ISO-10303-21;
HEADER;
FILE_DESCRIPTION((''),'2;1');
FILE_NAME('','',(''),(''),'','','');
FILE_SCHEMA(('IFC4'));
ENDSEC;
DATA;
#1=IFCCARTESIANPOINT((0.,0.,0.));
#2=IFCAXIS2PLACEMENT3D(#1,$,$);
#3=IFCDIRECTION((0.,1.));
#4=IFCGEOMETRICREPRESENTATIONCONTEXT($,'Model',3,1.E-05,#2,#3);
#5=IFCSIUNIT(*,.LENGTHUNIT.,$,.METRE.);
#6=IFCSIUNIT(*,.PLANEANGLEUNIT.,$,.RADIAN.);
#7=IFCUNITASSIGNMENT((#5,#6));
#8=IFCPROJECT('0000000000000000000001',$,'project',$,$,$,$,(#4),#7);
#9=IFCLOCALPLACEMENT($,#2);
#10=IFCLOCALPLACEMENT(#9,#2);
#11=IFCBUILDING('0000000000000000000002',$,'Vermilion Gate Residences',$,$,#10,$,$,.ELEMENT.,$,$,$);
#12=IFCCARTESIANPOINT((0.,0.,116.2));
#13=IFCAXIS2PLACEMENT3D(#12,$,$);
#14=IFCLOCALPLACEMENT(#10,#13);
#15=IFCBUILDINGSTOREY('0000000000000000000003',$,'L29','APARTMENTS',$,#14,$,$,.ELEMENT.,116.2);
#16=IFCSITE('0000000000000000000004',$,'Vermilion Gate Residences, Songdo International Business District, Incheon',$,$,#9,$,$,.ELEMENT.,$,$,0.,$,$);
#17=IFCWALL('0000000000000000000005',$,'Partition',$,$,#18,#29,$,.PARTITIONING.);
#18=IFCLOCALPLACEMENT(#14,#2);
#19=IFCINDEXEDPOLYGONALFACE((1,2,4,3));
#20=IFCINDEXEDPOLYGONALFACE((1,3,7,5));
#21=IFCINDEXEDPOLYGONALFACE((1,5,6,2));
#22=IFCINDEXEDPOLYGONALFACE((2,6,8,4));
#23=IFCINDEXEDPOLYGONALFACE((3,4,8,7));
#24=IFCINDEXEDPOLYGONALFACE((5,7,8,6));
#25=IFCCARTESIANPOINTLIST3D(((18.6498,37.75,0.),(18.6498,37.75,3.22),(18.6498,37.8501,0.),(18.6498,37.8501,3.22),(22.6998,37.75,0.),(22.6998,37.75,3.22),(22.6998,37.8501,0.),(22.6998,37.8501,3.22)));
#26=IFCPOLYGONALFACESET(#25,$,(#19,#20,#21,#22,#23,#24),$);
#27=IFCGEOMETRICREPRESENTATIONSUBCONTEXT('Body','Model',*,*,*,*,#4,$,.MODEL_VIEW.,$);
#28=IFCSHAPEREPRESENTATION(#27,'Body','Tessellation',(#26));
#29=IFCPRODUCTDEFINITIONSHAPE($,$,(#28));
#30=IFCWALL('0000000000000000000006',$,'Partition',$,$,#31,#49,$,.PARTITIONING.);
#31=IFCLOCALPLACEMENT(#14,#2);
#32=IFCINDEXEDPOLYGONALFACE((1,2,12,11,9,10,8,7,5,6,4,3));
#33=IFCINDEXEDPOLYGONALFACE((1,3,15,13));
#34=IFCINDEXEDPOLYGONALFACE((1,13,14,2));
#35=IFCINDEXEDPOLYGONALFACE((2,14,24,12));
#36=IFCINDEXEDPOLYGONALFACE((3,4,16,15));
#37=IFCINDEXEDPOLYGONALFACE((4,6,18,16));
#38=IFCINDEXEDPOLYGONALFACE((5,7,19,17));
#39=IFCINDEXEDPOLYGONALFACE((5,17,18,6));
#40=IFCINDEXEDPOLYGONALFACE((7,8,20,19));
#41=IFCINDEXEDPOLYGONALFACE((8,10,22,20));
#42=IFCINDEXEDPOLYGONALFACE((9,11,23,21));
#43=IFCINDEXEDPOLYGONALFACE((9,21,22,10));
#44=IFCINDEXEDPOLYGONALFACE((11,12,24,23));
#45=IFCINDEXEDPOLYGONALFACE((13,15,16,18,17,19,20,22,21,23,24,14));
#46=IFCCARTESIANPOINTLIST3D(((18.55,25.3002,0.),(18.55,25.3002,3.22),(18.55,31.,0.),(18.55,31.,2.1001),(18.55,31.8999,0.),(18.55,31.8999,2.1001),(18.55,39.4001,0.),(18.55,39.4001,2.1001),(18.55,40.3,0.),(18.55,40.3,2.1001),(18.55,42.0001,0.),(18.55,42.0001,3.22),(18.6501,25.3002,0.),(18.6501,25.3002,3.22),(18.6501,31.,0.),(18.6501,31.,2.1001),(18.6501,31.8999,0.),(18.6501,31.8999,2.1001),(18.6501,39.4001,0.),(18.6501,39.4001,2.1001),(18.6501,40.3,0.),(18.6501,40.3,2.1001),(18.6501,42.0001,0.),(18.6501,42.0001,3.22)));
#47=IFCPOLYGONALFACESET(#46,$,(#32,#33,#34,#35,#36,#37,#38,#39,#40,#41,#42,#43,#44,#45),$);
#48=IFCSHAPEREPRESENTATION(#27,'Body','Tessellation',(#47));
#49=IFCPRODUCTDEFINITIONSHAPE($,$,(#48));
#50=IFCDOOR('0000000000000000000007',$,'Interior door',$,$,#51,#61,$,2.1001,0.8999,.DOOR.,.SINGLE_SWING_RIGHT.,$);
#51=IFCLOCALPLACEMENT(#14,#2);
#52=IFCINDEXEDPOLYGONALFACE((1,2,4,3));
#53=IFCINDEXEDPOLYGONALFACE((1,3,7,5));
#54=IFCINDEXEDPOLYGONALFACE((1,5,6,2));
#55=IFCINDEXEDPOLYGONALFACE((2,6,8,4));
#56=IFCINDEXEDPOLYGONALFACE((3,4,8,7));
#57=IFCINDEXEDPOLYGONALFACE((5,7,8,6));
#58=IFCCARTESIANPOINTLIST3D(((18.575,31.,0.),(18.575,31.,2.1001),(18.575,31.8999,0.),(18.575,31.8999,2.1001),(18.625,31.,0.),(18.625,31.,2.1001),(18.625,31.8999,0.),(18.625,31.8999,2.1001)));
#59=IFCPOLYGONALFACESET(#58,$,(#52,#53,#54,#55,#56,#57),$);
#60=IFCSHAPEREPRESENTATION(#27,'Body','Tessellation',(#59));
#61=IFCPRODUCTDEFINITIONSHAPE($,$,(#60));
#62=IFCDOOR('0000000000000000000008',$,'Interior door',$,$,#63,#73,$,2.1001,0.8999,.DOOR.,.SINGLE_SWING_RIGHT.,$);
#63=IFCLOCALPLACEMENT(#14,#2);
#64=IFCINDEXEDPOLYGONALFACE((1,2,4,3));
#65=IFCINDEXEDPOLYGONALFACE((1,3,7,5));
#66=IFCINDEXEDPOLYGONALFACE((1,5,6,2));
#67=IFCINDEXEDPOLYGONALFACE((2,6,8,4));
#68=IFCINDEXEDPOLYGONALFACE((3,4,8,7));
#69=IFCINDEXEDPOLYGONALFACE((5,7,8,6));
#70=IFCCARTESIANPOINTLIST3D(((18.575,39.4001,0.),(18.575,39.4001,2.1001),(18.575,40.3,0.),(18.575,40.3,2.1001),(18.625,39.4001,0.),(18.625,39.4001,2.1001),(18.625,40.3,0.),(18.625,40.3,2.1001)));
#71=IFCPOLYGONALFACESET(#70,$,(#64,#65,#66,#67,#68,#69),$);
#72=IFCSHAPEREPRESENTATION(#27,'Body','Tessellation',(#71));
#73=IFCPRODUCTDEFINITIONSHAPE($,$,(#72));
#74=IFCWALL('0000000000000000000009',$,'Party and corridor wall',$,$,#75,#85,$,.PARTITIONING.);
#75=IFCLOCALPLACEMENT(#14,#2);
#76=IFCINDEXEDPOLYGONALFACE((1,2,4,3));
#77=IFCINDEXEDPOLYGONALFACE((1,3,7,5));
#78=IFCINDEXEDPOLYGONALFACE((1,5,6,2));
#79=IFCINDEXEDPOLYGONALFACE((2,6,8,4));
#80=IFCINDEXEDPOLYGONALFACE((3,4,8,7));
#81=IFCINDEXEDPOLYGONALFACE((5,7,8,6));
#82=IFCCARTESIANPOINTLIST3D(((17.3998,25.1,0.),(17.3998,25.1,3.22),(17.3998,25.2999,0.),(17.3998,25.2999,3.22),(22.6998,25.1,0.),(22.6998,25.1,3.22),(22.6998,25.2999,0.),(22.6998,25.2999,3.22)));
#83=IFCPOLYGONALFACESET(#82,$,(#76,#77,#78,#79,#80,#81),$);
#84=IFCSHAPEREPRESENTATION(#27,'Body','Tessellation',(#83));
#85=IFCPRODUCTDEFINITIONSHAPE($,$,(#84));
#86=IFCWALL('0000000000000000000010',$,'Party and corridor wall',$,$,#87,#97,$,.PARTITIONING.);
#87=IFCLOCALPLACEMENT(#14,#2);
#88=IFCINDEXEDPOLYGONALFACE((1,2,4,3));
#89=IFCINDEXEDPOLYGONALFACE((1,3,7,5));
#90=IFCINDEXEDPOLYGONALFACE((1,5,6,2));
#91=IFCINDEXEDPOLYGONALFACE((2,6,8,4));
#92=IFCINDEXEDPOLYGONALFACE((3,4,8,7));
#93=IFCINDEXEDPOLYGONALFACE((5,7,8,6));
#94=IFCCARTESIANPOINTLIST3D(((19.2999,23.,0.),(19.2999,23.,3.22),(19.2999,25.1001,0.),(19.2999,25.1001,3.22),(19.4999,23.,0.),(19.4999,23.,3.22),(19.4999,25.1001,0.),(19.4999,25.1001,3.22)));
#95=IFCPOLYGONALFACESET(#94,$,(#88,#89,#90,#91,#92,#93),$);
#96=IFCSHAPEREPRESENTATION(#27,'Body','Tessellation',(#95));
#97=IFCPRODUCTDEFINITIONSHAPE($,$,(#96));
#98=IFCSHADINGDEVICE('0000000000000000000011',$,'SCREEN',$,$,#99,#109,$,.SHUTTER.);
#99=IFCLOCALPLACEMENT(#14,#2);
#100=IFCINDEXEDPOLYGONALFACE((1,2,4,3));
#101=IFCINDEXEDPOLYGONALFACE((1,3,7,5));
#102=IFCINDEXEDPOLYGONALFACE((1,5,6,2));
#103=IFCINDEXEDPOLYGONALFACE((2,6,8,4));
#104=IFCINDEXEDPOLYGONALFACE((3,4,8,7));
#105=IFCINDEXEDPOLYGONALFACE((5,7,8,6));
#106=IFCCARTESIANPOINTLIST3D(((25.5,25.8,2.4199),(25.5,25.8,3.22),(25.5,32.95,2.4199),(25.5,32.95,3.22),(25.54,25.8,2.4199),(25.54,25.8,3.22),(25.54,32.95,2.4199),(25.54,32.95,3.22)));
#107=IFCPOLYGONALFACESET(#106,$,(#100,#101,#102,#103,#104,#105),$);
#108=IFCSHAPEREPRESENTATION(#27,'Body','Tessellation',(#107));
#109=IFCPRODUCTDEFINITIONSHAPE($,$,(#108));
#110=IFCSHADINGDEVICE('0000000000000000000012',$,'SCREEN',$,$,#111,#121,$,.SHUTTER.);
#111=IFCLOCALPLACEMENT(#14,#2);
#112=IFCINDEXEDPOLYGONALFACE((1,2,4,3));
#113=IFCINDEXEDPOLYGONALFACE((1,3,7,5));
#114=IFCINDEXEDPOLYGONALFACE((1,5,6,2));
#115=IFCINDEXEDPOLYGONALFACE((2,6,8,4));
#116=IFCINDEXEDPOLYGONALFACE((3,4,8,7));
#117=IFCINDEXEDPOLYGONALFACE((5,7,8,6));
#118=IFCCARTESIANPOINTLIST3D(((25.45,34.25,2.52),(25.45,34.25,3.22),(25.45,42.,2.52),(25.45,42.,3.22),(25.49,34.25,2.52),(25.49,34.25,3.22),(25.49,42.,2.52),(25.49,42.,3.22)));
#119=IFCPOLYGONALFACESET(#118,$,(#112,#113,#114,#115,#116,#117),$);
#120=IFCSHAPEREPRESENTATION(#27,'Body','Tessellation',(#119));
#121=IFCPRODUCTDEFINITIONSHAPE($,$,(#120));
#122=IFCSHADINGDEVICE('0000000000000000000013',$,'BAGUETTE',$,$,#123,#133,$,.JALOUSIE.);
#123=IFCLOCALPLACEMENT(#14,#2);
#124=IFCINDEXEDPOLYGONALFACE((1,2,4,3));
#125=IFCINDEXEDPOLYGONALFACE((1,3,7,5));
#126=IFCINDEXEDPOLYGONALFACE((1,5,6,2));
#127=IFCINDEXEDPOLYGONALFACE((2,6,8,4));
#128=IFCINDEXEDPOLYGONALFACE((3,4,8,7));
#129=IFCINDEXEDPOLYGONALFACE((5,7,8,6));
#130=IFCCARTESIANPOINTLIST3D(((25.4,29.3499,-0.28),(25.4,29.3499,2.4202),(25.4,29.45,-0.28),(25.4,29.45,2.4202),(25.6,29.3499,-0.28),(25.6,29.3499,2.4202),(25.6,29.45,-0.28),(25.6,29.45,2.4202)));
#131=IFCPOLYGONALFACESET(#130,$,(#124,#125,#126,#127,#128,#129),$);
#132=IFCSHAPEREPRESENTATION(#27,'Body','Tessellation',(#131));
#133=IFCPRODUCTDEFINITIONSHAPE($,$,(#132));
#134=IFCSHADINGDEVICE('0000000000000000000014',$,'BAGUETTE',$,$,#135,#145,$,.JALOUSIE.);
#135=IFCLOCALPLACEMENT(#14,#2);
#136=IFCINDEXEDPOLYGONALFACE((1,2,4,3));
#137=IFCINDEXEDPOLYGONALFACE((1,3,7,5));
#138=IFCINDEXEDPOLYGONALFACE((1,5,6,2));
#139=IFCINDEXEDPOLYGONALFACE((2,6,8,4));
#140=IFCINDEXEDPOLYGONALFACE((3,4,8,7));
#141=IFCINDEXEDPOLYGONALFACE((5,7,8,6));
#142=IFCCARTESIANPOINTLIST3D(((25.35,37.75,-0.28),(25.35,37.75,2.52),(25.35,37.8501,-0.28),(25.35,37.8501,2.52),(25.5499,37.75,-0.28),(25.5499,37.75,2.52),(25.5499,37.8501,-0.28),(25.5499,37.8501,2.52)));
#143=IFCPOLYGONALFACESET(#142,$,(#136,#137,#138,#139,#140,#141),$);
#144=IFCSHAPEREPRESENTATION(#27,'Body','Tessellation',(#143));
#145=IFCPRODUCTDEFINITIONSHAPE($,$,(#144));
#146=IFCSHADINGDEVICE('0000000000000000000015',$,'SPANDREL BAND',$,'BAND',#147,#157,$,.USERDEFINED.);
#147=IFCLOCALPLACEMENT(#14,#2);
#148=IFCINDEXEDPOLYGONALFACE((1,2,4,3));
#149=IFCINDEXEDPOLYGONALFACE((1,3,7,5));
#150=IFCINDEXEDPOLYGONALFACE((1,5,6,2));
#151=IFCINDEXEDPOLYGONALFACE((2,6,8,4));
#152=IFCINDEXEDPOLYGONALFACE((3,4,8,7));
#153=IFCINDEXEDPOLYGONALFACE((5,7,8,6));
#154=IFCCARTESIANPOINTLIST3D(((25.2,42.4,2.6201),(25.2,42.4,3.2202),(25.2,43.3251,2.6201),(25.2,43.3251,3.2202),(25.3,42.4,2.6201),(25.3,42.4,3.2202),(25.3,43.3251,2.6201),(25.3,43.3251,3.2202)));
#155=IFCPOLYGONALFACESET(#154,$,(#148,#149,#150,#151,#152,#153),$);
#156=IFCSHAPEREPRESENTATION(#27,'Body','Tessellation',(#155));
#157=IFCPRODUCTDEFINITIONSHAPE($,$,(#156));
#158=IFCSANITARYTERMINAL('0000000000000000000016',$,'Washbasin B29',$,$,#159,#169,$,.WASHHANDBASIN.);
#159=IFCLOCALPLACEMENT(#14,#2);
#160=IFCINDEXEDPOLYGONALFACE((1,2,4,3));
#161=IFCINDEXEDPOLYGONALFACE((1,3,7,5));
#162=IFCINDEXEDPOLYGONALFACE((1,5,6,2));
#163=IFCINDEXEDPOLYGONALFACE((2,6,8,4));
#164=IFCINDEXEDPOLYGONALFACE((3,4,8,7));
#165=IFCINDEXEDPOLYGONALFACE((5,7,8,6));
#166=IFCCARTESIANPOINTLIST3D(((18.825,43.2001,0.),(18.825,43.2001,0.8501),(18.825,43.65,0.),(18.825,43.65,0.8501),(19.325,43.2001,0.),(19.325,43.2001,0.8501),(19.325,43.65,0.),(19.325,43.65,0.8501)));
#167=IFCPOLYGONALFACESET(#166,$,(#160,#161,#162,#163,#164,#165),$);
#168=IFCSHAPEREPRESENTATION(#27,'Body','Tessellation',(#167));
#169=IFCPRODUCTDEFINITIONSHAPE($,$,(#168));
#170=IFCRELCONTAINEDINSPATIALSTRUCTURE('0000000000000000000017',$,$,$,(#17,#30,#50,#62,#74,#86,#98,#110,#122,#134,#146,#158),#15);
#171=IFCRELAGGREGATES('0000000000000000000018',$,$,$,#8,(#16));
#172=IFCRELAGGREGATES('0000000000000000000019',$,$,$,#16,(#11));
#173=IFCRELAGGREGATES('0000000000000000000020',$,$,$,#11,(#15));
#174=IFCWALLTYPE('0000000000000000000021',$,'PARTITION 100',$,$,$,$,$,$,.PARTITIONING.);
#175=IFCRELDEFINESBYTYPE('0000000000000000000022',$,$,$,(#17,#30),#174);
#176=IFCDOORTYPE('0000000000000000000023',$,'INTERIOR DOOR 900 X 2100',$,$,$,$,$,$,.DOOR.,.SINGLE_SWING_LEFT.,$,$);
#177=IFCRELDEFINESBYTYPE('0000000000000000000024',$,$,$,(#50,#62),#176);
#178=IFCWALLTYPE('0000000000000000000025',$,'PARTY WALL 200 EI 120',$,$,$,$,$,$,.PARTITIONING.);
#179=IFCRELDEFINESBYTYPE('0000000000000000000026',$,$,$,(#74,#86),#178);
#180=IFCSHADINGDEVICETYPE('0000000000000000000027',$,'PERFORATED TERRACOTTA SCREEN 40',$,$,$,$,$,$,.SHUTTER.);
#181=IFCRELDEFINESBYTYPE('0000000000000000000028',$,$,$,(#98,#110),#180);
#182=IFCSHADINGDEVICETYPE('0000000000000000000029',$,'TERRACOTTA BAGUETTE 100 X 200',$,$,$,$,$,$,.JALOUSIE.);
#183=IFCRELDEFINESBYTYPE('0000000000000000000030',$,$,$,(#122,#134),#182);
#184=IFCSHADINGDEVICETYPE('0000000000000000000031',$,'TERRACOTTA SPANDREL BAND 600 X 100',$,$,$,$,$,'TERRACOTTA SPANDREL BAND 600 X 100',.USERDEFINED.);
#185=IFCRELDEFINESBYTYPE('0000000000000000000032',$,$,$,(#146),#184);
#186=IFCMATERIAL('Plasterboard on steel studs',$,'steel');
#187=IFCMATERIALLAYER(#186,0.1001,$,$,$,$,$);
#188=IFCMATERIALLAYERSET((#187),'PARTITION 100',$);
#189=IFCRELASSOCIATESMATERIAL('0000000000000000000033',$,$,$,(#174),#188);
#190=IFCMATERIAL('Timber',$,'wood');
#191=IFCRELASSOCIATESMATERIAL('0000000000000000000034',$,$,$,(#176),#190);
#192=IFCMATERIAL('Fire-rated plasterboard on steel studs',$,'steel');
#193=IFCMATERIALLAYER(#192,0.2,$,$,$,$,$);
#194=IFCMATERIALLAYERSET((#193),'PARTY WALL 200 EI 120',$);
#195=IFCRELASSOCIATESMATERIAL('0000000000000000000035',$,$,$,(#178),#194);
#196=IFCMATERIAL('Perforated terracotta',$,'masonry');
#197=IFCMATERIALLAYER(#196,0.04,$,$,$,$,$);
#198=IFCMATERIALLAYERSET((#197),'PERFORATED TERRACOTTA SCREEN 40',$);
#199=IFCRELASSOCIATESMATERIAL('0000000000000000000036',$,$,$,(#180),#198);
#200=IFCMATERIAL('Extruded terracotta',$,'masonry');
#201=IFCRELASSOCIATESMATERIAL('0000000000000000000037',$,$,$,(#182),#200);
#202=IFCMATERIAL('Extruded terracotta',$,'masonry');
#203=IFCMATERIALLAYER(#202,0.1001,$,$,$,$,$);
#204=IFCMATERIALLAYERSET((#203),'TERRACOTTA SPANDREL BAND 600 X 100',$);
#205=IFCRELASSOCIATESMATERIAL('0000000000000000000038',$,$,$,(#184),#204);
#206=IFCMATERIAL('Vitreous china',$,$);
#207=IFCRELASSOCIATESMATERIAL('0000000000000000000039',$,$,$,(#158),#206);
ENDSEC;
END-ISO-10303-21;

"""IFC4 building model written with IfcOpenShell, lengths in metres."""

from ifc_helpers import new_model, si_unit, direction, frame, frame_2d, origin, origin_2d, place, context, subcontext, project, spatial, rectangle, extrude, material, layer, layer_set, material_profile, profile_set, type_object, element, fill, save


model = new_model("IFC4")

# Units and contexts
model_context = context("Model", 3, precision=1e-05, world=origin(), true_north=direction((0.0, 1.0)))
body_context = subcontext(model_context, "Body", "Model", "MODEL_VIEW")
ifc_project = project(units=[si_unit("LENGTHUNIT", "METRE"), si_unit("PLANEANGLEUNIT", "RADIAN")], contexts=[model_context])

# Site, building, storey
site_placement = place(None, origin())
site = spatial("IfcSite", under=ifc_project, at=site_placement, Name="Vermilion Gate Residences, Songdo International Business District, Incheon", CompositionType="ELEMENT", RefElevation=0.0)
building_placement = place(site_placement, origin())
building = spatial("IfcBuilding", under=site, at=building_placement, Name="Vermilion Gate Residences", CompositionType="ELEMENT")
storey_placement = place(building_placement, frame((0.0, 0.0, 116.2)))
storey = spatial("IfcBuildingStorey", under=building, at=storey_placement, Name="L29", Description="APARTMENTS", CompositionType="ELEMENT", Elevation=116.2)

# Wall
ifc_material_1 = material(Name="Plasterboard on steel studs", Category="steel")
ifc_layer_1 = layer(ifc_material_1, 0.1001)
ifc_layer_set_1 = layer_set([ifc_layer_1], Name="PARTITION 100")
wall_type_1 = type_object("IfcWallType", Name="PARTITION 100", PredefinedType="PARTITIONING", material=ifc_layer_set_1)
wall_1_placement = place(storey_placement, frame((18.6499, 37.8, 0.0), z_axis=(0.0, 0.0, 1.0), x_axis=(1.0, 0.0, 0.0)))
element("IfcWall", 1, at=wall_1_placement, inside=storey, type_object=wall_type_1, Name="Partition", PredefinedType="PARTITIONING", context=body_context, shape_type="SweptSolid", body=[
    extrude(rectangle(XDim=4.05, YDim=0.1001, at=frame_2d((2.0249, 0.0))), origin(), (0.0, 0.0, 1.0), 3.22),
])

# Wall, openings, doors
wall_2_placement = place(storey_placement, frame((18.6001, 25.3, 0.0), z_axis=(0.0, 0.0, 1.0), x_axis=(0.0, 1.0, 0.0)))
wall_2 = element("IfcWall", 2, at=wall_2_placement, inside=storey, type_object=wall_type_1, Name="Partition", PredefinedType="PARTITIONING", context=body_context, shape_type="SweptSolid", body=[
    extrude(rectangle(XDim=16.7, YDim=0.1001, at=frame_2d((8.3501, 0.0))), origin(), (0.0, 0.0, 1.0), 3.22),
])
opening_1_placement = place(wall_2_placement, frame((5.7, 0.0, 0.0)))
opening_1 = element("IfcOpeningElement", 3, at=opening_1_placement, cuts=wall_2, PredefinedType="OPENING", context=body_context, shape_type="SweptSolid", body=[
    extrude(rectangle(XDim=0.8999, YDim=2.1001, at=frame_2d((0.45, 1.05))), frame((0.0, 0.0601, 0.0), z_axis=(0.0, -1.0, 0.0), x_axis=(1.0, 0.0, 0.0)), (0.0, 0.0, 1.0), 0.1201),
])
opening_2_placement = place(wall_2_placement, frame((14.1001, 0.0, 0.0)))
opening_2 = element("IfcOpeningElement", 4, at=opening_2_placement, cuts=wall_2, PredefinedType="OPENING", context=body_context, shape_type="SweptSolid", body=[
    extrude(rectangle(XDim=0.8999, YDim=2.1001, at=frame_2d((0.45, 1.05))), frame((0.0, 0.0601, 0.0), z_axis=(0.0, -1.0, 0.0), x_axis=(1.0, 0.0, 0.0)), (0.0, 0.0, 1.0), 0.1201),
])
ifc_material_2 = material(Name="Timber", Category="wood")
door_type_1 = type_object("IfcDoorType", Name="INTERIOR DOOR 900 X 2100", OperationType="SINGLE_SWING_LEFT", PredefinedType="DOOR", material=ifc_material_2)
door_1_placement = place(opening_1_placement, frame((0.8999, 0.0, 0.0), z_axis=(0.0, 0.0, 1.0), x_axis=(-1.0, 0.0, 0.0)))
door_1 = element("IfcDoor", 5, at=door_1_placement, inside=storey, type_object=door_type_1, Name="Interior door", OperationType="SINGLE_SWING_RIGHT", OverallHeight=2.1001, OverallWidth=0.8999, PredefinedType="DOOR", context=body_context, shape_type="SweptSolid", body=[
    extrude(rectangle(XDim=0.8999, YDim=2.1001, at=frame_2d((0.45, 1.05))), frame((0.0, 0.0249, 0.0), z_axis=(0.0, -1.0, 0.0), x_axis=(1.0, 0.0, 0.0)), (0.0, 0.0, 1.0), 0.05),
])
fill(opening_1, door_1)
door_2_placement = place(opening_2_placement, frame((0.8999, 0.0, 0.0), z_axis=(0.0, 0.0, 1.0), x_axis=(-1.0, 0.0, 0.0)))
door_2 = element("IfcDoor", 6, at=door_2_placement, inside=storey, type_object=door_type_1, Name="Interior door", OperationType="SINGLE_SWING_RIGHT", OverallHeight=2.1001, OverallWidth=0.8999, PredefinedType="DOOR", context=body_context, shape_type="SweptSolid", body=[
    extrude(rectangle(XDim=0.8999, YDim=2.1001, at=frame_2d((0.45, 1.05))), frame((0.0, 0.0249, 0.0), z_axis=(0.0, -1.0, 0.0), x_axis=(1.0, 0.0, 0.0)), (0.0, 0.0, 1.0), 0.05),
])
fill(opening_2, door_2)

# Walls
ifc_material_3 = material(Name="Fire-rated plasterboard on steel studs", Category="steel")
ifc_layer_2 = layer(ifc_material_3, 0.2)
ifc_layer_set_2 = layer_set([ifc_layer_2], Name="PARTY WALL 200 EI 120")
wall_type_2 = type_object("IfcWallType", Name="PARTY WALL 200 EI 120", PredefinedType="PARTITIONING", material=ifc_layer_set_2)
wall_3_placement = place(storey_placement, frame((17.3999, 25.2, 0.0), z_axis=(0.0, 0.0, 1.0), x_axis=(1.0, 0.0, 0.0)))
element("IfcWall", 7, at=wall_3_placement, inside=storey, type_object=wall_type_2, Name="Party and corridor wall", PredefinedType="PARTITIONING", context=body_context, shape_type="SweptSolid", body=[
    extrude(rectangle(XDim=5.3, YDim=0.2, at=frame_2d((2.6499, 0.0))), origin(), (0.0, 0.0, 1.0), 3.22),
])
wall_4_placement = place(storey_placement, frame((19.3999, 23.0, 0.0), z_axis=(0.0, 0.0, 1.0), x_axis=(0.0, 1.0, 0.0)))
element("IfcWall", 8, at=wall_4_placement, inside=storey, type_object=wall_type_2, Name="Party and corridor wall", PredefinedType="PARTITIONING", context=body_context, shape_type="SweptSolid", body=[
    extrude(rectangle(XDim=2.1001, YDim=0.2, at=frame_2d((1.05, 0.0))), origin(), (0.0, 0.0, 1.0), 3.22),
])

# Shading devices
ifc_material_4 = material(Name="Perforated terracotta", Category="masonry")
ifc_layer_3 = layer(ifc_material_4, 0.04)
ifc_layer_set_3 = layer_set([ifc_layer_3], Name="PERFORATED TERRACOTTA SCREEN 40")
shading_device_type_1 = type_object("IfcShadingDeviceType", Name="PERFORATED TERRACOTTA SCREEN 40", PredefinedType="SHUTTER", material=ifc_layer_set_3)
shading_device_1_placement = place(storey_placement, frame((25.52, 29.375, 2.4199), z_axis=(0.0, 0.0, 1.0), x_axis=(0.0, 1.0, 0.0)))
element("IfcShadingDevice", 9, at=shading_device_1_placement, inside=storey, type_object=shading_device_type_1, Name="SCREEN", PredefinedType="SHUTTER", context=body_context, shape_type="SweptSolid", body=[
    extrude(rectangle(XDim=7.1499, YDim=0.04, at=origin_2d()), origin(), (0.0, 0.0, 1.0), 0.8),
])
shading_device_2_placement = place(storey_placement, frame((25.47, 38.125, 2.52), z_axis=(0.0, 0.0, 1.0), x_axis=(0.0, 1.0, 0.0)))
element("IfcShadingDevice", 10, at=shading_device_2_placement, inside=storey, type_object=shading_device_type_1, Name="SCREEN", PredefinedType="SHUTTER", context=body_context, shape_type="SweptSolid", body=[
    extrude(rectangle(XDim=7.75, YDim=0.04, at=origin_2d()), origin(), (0.0, 0.0, 1.0), 0.7),
])
ifc_material_5 = material(Name="Extruded terracotta", Category="masonry")
ifc_material_profile_1 = material_profile(ifc_material_5, rectangle(XDim=0.2, YDim=0.1001, at=origin_2d()), Name="BAGUETTE 100 X 200")
ifc_profile_set_1 = profile_set([ifc_material_profile_1], Name="Extruded terracotta")
shading_device_type_2 = type_object("IfcShadingDeviceType", Name="TERRACOTTA BAGUETTE 100 X 200", PredefinedType="JALOUSIE", material=ifc_profile_set_1)
shading_device_3_placement = place(storey_placement, frame((25.5, 29.3999, -0.28), z_axis=(0.0, 0.0, 1.0), x_axis=(-1.0, 0.0, 0.0)))
element("IfcShadingDevice", 11, at=shading_device_3_placement, inside=storey, type_object=shading_device_type_2, Name="BAGUETTE", PredefinedType="JALOUSIE", context=body_context, shape_type="SweptSolid", body=[
    extrude(rectangle(XDim=0.2, YDim=0.1001, at=origin_2d()), origin(), (0.0, 0.0, 1.0), 2.7002),
])
shading_device_4_placement = place(storey_placement, frame((25.45, 37.8, -0.28), z_axis=(0.0, 0.0, 1.0), x_axis=(-1.0, 0.0, 0.0)))
element("IfcShadingDevice", 12, at=shading_device_4_placement, inside=storey, type_object=shading_device_type_2, Name="BAGUETTE", PredefinedType="JALOUSIE", context=body_context, shape_type="SweptSolid", body=[
    extrude(rectangle(XDim=0.2, YDim=0.1001, at=origin_2d()), origin(), (0.0, 0.0, 1.0), 2.8),
])
ifc_material_6 = material(Name="Extruded terracotta", Category="masonry")
ifc_layer_4 = layer(ifc_material_6, 0.1001)
ifc_layer_set_4 = layer_set([ifc_layer_4], Name="TERRACOTTA SPANDREL BAND 600 X 100")
shading_device_type_3 = type_object("IfcShadingDeviceType", Name="TERRACOTTA SPANDREL BAND 600 X 100", ElementType="TERRACOTTA SPANDREL BAND 600 X 100", PredefinedType="USERDEFINED", material=ifc_layer_set_4)
shading_device_5_placement = place(storey_placement, frame((25.25, 42.8625, 2.6201), z_axis=(0.0, 0.0, 1.0), x_axis=(0.0, 1.0, 0.0)))
element("IfcShadingDevice", 13, at=shading_device_5_placement, inside=storey, type_object=shading_device_type_3, Name="SPANDREL BAND", ObjectType="BAND", PredefinedType="USERDEFINED", context=body_context, shape_type="SweptSolid", body=[
    extrude(rectangle(XDim=0.925, YDim=0.1001, at=origin_2d()), origin(), (0.0, 0.0, 1.0), 0.6001),
])

# Sanitary terminal
ifc_material_7 = material(Name="Vitreous china")
sanitary_terminal_1_placement = place(storey_placement, frame((19.075, 43.425, 0.0), z_axis=(0.0, 0.0, 1.0), x_axis=(1.0, 0.0, 0.0)))
element("IfcSanitaryTerminal", 14, at=sanitary_terminal_1_placement, inside=storey, material=ifc_material_7, Name="Washbasin B29", PredefinedType="WASHHANDBASIN", context=body_context, shape_type="SweptSolid", body=[
    extrude(rectangle(XDim=0.5, YDim=0.45, at=origin_2d()), origin(), (0.0, 0.0, 1.0), 0.8501),
])

save(model, "model.ifc")
